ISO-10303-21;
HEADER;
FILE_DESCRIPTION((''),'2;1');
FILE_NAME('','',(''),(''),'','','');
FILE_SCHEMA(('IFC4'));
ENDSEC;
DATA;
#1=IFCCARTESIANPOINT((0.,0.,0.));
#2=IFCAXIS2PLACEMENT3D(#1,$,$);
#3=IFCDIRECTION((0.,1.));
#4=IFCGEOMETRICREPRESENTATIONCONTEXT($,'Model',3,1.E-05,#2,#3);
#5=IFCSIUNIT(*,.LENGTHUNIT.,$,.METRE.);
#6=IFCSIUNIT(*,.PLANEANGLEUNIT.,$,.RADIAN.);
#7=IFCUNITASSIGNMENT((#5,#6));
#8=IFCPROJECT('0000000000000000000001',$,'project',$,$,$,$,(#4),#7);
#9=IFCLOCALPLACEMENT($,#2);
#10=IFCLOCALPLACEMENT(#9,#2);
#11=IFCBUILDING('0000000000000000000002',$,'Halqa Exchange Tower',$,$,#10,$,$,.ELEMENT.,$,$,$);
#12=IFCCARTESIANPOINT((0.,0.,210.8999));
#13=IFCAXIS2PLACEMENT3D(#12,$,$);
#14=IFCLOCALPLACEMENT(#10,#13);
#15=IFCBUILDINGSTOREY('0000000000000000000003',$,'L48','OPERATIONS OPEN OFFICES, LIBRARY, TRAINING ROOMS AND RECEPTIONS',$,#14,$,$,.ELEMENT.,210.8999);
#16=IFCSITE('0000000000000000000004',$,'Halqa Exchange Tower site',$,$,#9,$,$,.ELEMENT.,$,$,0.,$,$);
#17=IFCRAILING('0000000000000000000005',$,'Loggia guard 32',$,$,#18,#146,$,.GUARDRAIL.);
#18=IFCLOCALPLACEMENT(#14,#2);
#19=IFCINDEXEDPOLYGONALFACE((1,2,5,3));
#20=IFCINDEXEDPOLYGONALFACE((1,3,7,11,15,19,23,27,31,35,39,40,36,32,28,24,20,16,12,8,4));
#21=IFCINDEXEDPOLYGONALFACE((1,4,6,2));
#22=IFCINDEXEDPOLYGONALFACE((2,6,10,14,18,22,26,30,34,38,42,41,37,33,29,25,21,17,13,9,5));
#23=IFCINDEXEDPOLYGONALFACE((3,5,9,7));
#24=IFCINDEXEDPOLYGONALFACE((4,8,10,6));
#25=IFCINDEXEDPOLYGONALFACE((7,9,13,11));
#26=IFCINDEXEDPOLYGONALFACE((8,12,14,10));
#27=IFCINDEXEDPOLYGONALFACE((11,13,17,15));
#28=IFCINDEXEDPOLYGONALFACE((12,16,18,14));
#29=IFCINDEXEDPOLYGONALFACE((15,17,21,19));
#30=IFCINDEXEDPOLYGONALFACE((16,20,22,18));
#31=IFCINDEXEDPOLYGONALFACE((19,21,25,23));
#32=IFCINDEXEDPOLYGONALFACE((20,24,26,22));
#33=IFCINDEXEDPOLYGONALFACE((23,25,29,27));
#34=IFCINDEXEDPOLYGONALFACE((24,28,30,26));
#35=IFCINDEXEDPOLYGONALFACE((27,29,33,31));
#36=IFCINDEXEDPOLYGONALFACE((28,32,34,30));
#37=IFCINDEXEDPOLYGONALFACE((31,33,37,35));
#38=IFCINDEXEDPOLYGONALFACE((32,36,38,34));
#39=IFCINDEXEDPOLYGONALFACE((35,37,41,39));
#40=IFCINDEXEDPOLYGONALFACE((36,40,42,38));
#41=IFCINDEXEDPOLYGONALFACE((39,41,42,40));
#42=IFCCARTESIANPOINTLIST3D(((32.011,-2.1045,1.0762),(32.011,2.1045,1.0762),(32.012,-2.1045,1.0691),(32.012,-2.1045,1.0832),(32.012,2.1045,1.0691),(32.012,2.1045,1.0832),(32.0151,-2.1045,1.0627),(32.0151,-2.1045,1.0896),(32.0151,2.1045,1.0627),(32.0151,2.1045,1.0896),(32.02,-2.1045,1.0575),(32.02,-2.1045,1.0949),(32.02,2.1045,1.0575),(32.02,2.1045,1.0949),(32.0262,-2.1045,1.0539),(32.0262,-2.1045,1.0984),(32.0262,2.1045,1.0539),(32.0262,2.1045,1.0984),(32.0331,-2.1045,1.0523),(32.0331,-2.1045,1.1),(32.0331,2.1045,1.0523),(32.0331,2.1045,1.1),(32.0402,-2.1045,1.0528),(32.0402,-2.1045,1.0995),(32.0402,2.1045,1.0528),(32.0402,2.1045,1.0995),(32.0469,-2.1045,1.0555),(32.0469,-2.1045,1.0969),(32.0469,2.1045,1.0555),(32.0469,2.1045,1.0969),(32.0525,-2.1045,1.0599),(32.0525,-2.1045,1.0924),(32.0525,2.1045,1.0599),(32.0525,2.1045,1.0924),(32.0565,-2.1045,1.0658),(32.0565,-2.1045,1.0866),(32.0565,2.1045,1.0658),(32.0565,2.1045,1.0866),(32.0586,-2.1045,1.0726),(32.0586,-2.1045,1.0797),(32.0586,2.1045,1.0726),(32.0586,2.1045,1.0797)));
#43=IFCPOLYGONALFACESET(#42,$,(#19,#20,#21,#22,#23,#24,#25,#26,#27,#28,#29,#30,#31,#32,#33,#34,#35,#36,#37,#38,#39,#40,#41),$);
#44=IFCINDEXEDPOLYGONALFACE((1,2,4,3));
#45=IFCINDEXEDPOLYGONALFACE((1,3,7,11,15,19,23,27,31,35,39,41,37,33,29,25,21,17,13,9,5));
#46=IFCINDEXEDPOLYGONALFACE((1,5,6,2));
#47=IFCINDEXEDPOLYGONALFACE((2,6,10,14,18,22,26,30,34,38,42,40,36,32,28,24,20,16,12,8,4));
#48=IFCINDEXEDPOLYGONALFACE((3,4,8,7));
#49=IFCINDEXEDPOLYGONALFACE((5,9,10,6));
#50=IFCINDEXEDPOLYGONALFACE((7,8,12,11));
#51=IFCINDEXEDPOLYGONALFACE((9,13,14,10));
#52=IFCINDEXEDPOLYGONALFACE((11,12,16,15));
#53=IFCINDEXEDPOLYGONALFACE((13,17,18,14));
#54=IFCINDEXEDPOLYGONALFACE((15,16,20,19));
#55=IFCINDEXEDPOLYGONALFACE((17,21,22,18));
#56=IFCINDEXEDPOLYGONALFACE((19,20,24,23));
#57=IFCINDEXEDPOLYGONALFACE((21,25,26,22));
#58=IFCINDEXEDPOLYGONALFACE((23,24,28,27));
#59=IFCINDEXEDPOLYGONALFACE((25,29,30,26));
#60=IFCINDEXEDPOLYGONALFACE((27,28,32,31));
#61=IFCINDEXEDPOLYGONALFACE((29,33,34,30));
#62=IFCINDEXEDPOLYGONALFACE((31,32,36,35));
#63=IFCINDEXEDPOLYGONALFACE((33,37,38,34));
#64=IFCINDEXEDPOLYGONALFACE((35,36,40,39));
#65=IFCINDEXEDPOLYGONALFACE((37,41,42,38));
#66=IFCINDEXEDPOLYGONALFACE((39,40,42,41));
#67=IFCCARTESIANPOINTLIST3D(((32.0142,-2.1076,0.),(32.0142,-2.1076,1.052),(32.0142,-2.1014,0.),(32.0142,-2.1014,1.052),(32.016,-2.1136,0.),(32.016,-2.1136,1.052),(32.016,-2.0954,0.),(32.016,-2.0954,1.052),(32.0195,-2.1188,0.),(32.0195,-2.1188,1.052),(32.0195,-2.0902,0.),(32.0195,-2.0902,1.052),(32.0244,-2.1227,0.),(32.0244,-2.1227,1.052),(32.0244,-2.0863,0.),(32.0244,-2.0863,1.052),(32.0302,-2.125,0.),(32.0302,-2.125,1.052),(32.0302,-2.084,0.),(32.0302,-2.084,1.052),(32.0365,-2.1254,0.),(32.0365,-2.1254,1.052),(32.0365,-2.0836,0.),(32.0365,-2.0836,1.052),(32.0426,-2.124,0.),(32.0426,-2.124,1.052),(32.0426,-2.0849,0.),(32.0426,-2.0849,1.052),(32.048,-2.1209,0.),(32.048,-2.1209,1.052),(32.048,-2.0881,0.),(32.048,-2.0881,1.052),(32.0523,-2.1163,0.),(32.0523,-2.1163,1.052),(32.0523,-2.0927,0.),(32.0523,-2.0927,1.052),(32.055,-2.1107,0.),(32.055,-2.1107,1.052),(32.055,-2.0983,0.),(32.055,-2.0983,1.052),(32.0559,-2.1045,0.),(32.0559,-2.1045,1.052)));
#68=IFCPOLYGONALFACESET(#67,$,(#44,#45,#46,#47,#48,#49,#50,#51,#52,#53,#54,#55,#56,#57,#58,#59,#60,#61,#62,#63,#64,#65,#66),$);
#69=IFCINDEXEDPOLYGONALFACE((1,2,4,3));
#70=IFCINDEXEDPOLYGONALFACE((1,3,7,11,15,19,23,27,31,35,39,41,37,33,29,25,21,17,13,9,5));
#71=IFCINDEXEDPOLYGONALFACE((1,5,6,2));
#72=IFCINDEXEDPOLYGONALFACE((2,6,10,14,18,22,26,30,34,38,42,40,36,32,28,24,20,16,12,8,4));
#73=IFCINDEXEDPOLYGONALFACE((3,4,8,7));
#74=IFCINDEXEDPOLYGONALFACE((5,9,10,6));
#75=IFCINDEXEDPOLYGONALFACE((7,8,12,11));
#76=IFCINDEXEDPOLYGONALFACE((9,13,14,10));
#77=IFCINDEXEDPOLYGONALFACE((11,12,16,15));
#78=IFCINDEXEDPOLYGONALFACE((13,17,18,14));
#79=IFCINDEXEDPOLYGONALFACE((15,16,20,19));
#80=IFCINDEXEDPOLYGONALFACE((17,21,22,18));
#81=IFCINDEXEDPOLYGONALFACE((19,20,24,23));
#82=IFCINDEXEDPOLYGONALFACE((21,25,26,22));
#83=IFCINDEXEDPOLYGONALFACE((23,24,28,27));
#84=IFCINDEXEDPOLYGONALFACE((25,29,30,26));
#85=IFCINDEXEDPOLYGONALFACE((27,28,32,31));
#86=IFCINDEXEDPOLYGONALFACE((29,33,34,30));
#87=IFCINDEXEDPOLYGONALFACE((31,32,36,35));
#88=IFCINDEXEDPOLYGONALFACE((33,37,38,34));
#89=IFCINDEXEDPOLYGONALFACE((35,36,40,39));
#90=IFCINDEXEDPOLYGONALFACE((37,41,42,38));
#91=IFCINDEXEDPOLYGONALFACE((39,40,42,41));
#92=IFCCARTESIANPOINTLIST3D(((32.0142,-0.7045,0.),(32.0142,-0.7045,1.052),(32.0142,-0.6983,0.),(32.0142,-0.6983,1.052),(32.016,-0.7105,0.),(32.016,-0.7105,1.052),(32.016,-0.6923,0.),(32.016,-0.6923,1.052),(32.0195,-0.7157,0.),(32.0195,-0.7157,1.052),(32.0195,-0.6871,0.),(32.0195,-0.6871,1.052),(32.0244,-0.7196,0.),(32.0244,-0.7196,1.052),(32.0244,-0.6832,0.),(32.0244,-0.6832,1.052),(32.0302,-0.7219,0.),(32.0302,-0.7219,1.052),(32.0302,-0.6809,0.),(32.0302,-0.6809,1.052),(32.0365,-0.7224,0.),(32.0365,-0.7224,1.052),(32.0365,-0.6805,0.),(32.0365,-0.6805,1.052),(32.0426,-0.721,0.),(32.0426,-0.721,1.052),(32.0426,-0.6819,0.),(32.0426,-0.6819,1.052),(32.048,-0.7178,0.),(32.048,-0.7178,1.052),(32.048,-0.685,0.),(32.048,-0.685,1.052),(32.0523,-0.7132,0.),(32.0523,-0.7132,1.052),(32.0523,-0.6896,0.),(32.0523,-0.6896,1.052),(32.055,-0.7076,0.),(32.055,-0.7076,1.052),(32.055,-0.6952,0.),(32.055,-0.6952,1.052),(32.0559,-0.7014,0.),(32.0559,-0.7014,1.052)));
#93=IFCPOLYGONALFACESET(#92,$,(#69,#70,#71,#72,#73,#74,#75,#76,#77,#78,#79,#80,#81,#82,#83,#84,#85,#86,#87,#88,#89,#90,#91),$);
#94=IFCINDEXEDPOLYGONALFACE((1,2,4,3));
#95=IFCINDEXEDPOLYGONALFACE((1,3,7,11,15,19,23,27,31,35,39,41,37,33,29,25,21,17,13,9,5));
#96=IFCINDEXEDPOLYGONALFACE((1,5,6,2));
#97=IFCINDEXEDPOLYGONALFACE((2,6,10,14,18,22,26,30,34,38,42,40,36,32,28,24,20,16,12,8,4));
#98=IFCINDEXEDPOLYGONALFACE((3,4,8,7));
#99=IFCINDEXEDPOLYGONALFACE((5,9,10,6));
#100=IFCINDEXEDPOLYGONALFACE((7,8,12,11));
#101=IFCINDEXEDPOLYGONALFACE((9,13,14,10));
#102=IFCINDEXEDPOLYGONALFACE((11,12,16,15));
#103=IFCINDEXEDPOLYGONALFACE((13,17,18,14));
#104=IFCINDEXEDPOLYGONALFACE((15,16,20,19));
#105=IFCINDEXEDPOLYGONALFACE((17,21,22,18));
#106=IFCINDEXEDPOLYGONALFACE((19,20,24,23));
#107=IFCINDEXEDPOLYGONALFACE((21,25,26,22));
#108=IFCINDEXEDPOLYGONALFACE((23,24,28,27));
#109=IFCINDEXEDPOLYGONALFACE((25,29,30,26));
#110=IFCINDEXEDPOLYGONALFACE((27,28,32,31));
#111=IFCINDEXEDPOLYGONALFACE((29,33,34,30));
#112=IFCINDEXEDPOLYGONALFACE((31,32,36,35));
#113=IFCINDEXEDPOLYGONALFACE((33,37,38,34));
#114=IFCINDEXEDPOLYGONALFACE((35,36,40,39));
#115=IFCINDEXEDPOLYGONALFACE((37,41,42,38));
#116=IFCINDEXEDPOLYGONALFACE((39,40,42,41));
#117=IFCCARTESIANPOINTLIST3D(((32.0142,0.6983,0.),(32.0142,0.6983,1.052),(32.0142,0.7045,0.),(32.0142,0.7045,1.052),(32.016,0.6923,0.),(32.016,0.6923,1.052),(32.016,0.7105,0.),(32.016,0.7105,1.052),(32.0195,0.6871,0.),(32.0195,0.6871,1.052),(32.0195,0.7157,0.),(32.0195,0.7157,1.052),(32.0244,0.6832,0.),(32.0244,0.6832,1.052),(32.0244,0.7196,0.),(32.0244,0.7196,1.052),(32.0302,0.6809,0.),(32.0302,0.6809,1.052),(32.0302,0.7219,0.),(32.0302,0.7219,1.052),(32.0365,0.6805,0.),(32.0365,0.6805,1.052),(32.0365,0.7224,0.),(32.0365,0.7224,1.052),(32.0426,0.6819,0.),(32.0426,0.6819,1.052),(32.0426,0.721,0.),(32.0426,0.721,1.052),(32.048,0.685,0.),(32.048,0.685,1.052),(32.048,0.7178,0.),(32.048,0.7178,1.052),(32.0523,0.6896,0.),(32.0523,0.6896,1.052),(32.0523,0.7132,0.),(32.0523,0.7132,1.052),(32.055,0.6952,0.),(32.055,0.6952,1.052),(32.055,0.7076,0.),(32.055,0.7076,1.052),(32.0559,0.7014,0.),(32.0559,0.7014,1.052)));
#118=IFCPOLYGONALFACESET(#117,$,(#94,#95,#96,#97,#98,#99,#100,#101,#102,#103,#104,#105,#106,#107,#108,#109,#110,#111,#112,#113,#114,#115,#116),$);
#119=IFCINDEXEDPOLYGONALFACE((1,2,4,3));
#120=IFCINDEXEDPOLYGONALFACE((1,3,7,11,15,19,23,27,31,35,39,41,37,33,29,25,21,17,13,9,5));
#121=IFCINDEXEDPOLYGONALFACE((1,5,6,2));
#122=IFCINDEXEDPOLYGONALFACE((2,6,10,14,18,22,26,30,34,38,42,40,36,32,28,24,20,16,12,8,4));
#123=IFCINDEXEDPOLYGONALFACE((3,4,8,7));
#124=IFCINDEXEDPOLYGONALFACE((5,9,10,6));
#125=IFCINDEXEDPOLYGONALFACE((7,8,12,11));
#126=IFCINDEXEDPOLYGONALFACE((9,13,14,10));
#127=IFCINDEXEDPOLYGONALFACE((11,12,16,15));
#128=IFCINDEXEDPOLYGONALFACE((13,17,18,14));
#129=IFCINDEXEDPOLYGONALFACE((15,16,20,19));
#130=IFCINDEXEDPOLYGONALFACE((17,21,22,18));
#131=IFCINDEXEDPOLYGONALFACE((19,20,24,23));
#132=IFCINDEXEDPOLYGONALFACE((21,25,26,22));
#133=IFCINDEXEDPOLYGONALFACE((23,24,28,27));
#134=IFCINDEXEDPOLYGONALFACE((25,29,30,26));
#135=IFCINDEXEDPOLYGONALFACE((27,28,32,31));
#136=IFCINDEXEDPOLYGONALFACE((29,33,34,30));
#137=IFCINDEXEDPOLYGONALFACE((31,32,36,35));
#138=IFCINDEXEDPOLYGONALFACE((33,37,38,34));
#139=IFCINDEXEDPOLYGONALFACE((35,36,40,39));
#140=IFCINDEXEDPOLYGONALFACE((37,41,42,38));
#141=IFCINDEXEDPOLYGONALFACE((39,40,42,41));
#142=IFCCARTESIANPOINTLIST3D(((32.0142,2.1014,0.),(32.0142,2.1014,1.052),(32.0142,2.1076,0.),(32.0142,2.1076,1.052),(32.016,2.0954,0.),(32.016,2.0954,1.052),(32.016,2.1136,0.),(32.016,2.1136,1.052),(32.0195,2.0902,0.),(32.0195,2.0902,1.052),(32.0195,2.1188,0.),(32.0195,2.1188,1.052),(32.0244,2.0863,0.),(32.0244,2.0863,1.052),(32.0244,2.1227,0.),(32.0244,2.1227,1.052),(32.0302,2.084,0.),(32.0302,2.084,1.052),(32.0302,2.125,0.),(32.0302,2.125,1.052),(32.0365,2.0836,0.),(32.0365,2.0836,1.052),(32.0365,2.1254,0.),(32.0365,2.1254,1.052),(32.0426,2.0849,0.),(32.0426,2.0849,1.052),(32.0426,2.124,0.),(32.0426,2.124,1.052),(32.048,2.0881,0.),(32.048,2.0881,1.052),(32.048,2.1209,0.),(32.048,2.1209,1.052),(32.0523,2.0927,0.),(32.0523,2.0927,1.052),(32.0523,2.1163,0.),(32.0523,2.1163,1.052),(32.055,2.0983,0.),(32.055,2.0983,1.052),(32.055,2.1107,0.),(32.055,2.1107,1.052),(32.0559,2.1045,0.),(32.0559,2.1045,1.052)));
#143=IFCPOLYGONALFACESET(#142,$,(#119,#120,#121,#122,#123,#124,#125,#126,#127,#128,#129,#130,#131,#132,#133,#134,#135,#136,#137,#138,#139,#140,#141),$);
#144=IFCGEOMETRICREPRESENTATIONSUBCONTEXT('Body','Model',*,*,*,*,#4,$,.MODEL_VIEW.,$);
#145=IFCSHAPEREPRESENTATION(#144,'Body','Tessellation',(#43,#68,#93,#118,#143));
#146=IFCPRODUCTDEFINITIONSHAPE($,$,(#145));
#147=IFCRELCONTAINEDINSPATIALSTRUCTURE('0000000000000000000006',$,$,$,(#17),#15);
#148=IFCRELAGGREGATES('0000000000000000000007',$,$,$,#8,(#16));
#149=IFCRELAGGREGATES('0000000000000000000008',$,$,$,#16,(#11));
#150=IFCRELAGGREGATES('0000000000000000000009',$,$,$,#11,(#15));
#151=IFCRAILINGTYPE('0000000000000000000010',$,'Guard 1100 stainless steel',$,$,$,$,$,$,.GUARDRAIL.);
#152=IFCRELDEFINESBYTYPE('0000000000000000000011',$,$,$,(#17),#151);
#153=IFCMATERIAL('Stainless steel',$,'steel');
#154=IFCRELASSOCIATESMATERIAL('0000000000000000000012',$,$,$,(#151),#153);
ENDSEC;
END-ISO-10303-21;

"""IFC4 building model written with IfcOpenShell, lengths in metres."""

from ifc_helpers import new_model, si_unit, direction, frame, origin, origin_2d, place, context, subcontext, project, spatial, circle, extrude, material, type_object, element, save


model = new_model("IFC4")

# Units and contexts
model_context = context("Model", 3, precision=1e-05, world=origin(), true_north=direction((0.0, 1.0)))
body_context = subcontext(model_context, "Body", "Model", "MODEL_VIEW")
ifc_project = project(units=[si_unit("LENGTHUNIT", "METRE"), si_unit("PLANEANGLEUNIT", "RADIAN")], contexts=[model_context])

# Site, building, storey
site_placement = place(None, origin())
site = spatial("IfcSite", under=ifc_project, at=site_placement, Name="Halqa Exchange Tower site", CompositionType="ELEMENT", RefElevation=0.0)
building_placement = place(site_placement, origin())
building = spatial("IfcBuilding", under=site, at=building_placement, Name="Halqa Exchange Tower", CompositionType="ELEMENT")
storey_placement = place(building_placement, frame((0.0, 0.0, 210.8999)))
storey = spatial("IfcBuildingStorey", under=building, at=storey_placement, Name="L48", Description="OPERATIONS OPEN OFFICES, LIBRARY, TRAINING ROOMS AND RECEPTIONS", CompositionType="ELEMENT", Elevation=210.8999)

# Railing
ifc_material_1 = material(Name="Stainless steel", Category="steel")
railing_type = type_object("IfcRailingType", Name="Guard 1100 stainless steel", PredefinedType="GUARDRAIL", material=ifc_material_1)
railing_1_placement = place(storey_placement, frame((32.0349, -2.1045, 0.0)))
element("IfcRailing", 1, at=railing_1_placement, inside=storey, type_object=railing_type, Name="Loggia guard 32", PredefinedType="GUARDRAIL", context=body_context, shape_type="SweptSolid", body=[
    extrude(circle(Radius=0.0239, at=origin_2d()), frame((0.0, 0.0, 1.0762), z_axis=(0.0, 1.0, 0.0), x_axis=(-1.0, 0.0, 0.0)), (0.0, 0.0, 1.0), 4.209),
    extrude(circle(Radius=0.021, at=origin_2d()), origin(), (0.0, 0.0, 1.0), 1.052),
    extrude(circle(Radius=0.021, at=origin_2d()), frame((0.0, 1.4031, 0.0)), (0.0, 0.0, 1.0), 1.052),
    extrude(circle(Radius=0.021, at=origin_2d()), frame((0.0, 2.8059, 0.0)), (0.0, 0.0, 1.0), 1.052),
    extrude(circle(Radius=0.021, at=origin_2d()), frame((0.0, 4.209, 0.0)), (0.0, 0.0, 1.0), 1.052),
])

save(model, "model.ifc")
